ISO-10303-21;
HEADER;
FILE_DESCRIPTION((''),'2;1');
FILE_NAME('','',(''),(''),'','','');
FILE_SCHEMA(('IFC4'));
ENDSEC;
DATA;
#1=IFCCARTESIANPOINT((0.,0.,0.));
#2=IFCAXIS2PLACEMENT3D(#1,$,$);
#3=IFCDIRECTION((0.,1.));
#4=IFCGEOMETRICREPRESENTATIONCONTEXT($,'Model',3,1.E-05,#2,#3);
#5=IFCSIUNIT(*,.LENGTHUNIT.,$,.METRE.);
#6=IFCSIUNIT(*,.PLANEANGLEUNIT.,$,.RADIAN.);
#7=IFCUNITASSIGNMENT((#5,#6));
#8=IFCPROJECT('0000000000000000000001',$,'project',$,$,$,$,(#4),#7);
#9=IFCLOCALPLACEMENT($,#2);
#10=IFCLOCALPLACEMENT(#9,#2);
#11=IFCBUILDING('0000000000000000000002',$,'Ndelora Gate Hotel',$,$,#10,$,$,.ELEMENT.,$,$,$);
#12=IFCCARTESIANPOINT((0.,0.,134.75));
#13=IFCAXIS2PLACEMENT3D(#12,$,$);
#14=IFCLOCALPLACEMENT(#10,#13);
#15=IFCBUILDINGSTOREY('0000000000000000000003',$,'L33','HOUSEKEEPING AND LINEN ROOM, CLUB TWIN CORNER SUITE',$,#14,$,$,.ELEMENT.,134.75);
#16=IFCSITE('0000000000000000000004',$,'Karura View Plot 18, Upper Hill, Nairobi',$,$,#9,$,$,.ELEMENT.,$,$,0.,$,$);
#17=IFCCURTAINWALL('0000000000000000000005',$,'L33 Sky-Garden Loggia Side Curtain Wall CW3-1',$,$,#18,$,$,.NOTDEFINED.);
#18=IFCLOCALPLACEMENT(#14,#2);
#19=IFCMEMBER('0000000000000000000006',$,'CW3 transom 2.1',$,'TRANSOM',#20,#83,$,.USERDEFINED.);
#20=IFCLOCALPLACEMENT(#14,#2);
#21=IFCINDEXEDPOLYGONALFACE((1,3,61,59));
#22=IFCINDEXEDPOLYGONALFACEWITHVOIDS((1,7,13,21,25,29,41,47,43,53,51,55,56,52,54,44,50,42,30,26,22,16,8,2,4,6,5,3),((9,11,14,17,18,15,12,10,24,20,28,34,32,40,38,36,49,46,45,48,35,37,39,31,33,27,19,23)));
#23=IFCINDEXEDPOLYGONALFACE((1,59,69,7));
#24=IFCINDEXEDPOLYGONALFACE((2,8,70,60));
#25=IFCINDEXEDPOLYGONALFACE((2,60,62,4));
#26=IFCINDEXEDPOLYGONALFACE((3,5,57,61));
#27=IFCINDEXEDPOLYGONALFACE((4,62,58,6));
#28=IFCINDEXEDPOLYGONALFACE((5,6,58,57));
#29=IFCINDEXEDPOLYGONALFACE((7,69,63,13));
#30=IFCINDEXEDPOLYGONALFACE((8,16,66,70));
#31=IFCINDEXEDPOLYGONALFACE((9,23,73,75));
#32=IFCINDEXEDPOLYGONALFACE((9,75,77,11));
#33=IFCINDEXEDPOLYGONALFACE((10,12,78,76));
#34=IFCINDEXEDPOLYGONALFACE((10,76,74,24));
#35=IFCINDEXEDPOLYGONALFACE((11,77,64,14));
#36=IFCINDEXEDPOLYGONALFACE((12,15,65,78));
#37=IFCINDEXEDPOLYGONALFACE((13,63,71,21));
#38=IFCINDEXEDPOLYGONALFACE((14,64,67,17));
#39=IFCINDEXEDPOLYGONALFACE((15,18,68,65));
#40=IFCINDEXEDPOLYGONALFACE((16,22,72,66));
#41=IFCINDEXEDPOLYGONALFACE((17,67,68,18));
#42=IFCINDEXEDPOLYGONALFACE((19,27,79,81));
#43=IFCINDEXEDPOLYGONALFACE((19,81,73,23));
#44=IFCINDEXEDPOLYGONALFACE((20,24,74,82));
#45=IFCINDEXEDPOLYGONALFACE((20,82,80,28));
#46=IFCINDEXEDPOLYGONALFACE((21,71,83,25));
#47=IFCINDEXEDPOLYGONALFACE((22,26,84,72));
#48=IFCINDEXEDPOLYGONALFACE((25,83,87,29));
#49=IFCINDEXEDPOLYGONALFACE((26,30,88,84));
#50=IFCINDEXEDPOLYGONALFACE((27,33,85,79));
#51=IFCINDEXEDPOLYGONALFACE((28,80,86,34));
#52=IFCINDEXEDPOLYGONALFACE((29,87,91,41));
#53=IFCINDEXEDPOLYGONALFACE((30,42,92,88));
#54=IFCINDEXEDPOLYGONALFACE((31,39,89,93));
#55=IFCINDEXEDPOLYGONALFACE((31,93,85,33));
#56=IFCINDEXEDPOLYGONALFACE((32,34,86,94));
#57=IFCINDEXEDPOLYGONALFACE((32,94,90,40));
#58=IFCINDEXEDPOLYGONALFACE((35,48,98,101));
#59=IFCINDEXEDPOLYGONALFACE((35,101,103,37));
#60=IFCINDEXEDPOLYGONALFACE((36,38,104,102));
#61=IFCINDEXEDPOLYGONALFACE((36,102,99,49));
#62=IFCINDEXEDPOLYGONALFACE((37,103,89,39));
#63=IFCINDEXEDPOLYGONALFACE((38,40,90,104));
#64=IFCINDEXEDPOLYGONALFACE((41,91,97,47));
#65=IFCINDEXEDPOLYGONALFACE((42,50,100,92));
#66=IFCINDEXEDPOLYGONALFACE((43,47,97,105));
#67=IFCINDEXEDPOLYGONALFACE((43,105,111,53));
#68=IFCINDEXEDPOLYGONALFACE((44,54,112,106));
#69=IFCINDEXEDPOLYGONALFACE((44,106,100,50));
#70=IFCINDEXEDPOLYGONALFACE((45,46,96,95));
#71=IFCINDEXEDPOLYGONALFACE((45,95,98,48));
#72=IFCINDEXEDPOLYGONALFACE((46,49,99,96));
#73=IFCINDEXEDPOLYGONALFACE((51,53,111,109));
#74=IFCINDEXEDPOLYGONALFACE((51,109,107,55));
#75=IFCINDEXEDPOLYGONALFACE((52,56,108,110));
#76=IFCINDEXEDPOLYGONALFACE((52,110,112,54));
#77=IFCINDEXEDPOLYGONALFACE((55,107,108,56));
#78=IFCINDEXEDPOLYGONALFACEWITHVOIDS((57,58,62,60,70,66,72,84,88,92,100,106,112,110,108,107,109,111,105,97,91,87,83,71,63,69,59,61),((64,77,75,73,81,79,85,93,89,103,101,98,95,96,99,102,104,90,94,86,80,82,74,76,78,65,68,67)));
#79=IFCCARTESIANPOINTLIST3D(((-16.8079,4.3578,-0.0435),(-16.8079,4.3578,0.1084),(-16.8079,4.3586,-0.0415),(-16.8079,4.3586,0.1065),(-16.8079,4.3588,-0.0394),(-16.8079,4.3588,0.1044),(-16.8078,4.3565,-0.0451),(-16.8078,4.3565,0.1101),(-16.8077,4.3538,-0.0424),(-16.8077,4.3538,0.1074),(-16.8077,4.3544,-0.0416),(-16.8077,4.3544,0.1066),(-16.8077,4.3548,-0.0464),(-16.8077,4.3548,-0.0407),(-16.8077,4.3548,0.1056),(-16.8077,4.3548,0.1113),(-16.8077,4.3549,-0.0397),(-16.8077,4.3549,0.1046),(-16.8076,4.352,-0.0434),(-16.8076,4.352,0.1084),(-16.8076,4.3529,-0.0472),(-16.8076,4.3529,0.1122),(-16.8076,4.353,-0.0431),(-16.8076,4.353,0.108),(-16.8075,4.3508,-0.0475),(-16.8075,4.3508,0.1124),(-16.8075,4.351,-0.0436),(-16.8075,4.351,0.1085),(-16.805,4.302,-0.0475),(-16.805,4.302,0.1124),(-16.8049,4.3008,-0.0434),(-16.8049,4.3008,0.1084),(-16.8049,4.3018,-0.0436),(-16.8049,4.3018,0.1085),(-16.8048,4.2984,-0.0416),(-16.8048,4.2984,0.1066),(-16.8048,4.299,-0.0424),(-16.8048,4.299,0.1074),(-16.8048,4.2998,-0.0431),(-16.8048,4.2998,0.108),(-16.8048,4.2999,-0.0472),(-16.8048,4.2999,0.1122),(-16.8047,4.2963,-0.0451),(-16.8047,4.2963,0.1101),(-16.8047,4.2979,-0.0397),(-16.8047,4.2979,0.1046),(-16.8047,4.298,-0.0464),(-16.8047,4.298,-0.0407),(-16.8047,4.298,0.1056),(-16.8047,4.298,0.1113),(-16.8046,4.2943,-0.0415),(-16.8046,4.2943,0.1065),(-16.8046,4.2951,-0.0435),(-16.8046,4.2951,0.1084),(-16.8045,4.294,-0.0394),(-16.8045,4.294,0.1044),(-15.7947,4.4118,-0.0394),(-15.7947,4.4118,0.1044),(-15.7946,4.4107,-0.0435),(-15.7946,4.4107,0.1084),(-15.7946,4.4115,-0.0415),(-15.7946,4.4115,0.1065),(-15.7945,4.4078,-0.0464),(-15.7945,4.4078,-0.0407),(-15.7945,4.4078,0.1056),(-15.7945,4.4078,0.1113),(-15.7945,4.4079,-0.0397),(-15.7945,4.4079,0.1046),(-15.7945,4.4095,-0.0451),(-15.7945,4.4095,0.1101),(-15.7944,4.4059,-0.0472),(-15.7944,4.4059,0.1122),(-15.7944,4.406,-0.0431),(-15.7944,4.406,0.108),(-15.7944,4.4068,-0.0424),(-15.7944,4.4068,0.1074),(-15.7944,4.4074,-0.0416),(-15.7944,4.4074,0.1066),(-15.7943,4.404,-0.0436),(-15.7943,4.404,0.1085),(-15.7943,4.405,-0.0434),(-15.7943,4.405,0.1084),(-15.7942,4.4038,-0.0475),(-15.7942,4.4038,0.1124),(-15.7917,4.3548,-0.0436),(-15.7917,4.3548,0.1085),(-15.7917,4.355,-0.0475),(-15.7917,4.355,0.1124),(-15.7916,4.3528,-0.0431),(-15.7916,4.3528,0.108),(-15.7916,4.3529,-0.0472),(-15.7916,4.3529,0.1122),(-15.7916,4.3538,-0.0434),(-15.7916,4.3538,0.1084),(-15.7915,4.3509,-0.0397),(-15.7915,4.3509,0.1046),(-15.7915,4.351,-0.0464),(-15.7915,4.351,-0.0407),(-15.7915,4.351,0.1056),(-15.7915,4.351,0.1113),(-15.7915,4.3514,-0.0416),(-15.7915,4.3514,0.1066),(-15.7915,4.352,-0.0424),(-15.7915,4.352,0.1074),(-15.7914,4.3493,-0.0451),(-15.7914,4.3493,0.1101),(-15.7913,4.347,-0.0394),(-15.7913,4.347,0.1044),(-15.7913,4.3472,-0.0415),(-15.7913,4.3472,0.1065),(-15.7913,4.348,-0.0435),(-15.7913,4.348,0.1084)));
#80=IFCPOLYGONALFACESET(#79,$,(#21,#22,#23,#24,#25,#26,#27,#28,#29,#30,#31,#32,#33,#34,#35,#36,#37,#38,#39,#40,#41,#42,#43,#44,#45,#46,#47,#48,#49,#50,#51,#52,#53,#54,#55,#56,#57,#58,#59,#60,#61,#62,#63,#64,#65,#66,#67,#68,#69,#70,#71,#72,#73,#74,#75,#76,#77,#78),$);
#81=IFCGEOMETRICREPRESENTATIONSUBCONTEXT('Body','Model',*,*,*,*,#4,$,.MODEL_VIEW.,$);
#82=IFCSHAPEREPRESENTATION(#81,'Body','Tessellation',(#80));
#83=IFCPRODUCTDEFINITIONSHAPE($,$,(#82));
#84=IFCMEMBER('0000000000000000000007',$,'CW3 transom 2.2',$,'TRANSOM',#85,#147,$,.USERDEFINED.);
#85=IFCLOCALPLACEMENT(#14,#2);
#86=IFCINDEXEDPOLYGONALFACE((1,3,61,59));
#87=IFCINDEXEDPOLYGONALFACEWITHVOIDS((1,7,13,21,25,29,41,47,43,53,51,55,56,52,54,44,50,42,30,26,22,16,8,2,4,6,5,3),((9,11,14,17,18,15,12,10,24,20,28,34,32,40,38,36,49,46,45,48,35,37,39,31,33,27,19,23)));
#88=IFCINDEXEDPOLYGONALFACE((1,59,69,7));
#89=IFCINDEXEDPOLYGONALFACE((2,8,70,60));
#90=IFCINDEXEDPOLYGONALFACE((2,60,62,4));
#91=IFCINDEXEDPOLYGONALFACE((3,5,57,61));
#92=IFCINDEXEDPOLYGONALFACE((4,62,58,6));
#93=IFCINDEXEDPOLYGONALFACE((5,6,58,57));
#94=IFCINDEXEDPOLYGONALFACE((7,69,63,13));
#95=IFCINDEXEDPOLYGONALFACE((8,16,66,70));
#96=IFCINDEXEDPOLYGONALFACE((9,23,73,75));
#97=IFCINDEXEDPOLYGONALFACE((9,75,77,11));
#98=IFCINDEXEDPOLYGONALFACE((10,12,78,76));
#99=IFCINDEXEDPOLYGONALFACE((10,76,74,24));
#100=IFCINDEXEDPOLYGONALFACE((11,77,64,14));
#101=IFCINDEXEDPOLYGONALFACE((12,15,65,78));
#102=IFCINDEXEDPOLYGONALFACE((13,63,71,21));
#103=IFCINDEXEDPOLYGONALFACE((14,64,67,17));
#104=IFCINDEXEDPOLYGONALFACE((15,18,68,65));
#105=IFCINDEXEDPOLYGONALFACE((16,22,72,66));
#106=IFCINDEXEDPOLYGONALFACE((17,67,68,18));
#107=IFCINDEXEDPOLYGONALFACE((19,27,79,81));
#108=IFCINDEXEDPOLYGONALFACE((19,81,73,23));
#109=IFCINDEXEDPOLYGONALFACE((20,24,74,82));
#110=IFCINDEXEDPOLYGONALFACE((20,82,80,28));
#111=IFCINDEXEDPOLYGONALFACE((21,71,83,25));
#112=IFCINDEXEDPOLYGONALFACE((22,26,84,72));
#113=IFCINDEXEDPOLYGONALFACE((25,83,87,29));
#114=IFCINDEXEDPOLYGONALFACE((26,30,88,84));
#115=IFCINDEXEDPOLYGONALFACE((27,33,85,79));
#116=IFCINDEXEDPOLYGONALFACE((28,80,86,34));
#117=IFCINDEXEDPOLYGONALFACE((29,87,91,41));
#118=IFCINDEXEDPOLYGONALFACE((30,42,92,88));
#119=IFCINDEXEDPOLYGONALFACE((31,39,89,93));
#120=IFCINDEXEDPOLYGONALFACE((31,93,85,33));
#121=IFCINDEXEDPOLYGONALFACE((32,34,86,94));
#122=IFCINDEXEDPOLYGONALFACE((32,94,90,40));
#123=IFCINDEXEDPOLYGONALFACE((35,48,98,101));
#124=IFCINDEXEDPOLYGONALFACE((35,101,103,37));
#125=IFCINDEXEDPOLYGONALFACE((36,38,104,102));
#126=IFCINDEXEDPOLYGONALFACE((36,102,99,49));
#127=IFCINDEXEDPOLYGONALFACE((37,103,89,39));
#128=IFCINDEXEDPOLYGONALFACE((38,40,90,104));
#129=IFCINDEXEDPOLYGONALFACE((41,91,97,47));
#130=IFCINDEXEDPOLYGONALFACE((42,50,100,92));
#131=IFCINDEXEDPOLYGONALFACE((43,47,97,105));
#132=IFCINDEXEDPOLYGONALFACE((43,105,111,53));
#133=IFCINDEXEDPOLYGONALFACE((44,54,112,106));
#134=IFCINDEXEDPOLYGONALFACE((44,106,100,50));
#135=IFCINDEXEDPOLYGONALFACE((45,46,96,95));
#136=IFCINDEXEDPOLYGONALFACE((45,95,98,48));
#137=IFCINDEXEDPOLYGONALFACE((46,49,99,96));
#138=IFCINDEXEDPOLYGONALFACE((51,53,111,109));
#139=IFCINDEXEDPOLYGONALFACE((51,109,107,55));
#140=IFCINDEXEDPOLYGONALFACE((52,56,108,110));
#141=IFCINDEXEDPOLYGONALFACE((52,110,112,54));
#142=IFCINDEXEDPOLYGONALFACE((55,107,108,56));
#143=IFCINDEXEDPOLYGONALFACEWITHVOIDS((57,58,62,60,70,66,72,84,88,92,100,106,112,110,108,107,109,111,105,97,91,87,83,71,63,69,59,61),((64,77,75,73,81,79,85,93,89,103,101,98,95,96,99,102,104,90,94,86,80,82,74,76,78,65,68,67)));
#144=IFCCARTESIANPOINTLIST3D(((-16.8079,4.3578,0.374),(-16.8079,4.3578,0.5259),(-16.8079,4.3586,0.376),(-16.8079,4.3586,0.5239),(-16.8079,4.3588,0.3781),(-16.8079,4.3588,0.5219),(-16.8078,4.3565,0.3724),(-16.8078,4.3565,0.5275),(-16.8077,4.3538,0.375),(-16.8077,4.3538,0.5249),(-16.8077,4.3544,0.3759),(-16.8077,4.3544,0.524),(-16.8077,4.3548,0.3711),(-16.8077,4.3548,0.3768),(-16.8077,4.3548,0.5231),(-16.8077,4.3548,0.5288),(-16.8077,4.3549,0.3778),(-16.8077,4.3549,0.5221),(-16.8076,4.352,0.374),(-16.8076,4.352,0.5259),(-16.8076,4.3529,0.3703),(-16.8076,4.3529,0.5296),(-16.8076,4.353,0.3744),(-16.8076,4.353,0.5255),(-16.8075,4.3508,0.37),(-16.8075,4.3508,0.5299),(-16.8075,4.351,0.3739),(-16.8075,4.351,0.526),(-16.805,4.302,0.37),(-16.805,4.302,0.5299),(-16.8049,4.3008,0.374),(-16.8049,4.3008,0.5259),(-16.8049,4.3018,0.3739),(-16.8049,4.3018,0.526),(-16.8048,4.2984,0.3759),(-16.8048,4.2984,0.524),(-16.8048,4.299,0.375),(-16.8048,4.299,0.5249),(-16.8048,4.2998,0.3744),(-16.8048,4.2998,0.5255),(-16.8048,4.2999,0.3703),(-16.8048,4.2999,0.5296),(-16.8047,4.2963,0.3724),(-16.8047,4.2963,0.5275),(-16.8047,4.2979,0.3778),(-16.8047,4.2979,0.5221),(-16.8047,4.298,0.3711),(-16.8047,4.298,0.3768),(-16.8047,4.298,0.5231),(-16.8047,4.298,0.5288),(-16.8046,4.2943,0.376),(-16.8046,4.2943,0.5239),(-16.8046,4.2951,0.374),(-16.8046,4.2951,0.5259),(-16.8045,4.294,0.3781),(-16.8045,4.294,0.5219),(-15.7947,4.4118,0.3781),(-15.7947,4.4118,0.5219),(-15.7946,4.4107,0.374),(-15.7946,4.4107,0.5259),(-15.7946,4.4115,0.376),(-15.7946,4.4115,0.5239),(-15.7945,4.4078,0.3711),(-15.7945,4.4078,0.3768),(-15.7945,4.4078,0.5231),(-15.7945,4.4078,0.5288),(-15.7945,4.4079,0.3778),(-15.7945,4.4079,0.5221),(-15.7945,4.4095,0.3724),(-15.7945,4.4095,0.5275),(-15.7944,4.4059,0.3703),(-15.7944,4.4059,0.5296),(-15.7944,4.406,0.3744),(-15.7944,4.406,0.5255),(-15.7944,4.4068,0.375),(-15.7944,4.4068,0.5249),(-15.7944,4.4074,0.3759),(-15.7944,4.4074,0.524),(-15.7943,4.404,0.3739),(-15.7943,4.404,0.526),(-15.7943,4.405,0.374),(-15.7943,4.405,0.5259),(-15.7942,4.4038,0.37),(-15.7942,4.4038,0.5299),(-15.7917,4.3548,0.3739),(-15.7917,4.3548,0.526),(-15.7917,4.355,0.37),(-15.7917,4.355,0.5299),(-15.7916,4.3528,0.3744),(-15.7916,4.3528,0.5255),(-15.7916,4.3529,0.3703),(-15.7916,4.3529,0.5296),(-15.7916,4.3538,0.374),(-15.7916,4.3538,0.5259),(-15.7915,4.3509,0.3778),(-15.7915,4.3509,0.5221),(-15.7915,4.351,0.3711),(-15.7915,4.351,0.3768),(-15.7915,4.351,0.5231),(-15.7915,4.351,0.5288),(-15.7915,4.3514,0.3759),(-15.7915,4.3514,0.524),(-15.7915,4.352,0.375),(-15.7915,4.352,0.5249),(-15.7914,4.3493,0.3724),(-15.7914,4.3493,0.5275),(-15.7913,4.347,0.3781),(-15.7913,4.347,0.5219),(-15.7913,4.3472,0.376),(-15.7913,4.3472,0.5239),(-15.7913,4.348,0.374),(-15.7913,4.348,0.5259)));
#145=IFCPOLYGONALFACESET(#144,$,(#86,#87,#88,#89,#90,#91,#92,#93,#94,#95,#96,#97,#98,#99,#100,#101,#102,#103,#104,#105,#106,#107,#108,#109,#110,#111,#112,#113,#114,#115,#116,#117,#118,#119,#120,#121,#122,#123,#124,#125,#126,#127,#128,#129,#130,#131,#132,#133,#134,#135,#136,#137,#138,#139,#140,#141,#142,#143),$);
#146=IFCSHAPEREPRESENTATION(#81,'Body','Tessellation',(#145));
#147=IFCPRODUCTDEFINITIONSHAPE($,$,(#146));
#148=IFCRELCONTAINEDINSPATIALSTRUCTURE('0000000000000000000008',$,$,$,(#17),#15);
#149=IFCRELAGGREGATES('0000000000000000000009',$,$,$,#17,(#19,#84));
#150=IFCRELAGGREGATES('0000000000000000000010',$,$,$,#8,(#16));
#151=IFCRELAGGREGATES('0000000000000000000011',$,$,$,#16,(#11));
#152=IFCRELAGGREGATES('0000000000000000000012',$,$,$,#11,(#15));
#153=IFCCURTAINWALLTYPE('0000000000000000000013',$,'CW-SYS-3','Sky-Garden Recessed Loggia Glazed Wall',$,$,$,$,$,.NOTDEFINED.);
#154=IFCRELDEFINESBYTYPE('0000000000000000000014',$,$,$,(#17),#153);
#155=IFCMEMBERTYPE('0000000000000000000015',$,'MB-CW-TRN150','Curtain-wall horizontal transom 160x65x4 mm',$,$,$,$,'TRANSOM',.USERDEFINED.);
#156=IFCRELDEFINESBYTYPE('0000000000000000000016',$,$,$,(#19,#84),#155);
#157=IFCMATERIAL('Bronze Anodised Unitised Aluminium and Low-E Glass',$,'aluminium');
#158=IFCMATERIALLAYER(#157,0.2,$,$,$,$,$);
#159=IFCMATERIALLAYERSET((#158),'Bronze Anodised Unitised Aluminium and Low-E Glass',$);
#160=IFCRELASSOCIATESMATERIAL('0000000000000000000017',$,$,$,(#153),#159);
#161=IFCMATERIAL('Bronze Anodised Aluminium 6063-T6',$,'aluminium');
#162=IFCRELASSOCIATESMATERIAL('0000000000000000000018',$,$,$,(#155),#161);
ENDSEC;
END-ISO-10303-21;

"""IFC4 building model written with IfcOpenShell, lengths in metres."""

from ifc_helpers import new_model, si_unit, direction, frame, origin, origin_2d, place, context, subcontext, project, spatial, hollow_rectangle, extrude, material, layer, layer_set, material_profile, profile_set, type_object, element, aggregate, save


model = new_model("IFC4")

# Units and contexts
model_context = context("Model", 3, precision=1e-05, world=origin(), true_north=direction((0.0, 1.0)))
body_context = subcontext(model_context, "Body", "Model", "MODEL_VIEW")
ifc_project = project(units=[si_unit("LENGTHUNIT", "METRE"), si_unit("PLANEANGLEUNIT", "RADIAN")], contexts=[model_context])

# Site, building, storey
site_placement = place(None, origin())
site = spatial("IfcSite", under=ifc_project, at=site_placement, Name="Karura View Plot 18, Upper Hill, Nairobi", CompositionType="ELEMENT", RefElevation=0.0)
building_placement = place(site_placement, origin())
building = spatial("IfcBuilding", under=site, at=building_placement, Name="Ndelora Gate Hotel", CompositionType="ELEMENT")
storey_placement = place(building_placement, frame((0.0, 0.0, 134.75)))
storey = spatial("IfcBuildingStorey", under=building, at=storey_placement, Name="L33", Description="HOUSEKEEPING AND LINEN ROOM, CLUB TWIN CORNER SUITE", CompositionType="ELEMENT", Elevation=134.75)

# Curtain wall, members
ifc_material_1 = material(Name="Bronze Anodised Unitised Aluminium and Low-E Glass", Category="aluminium")
ifc_layer_1 = layer(ifc_material_1, 0.2)
ifc_layer_set_1 = layer_set([ifc_layer_1], Name="Bronze Anodised Unitised Aluminium and Low-E Glass")
curtain_wall_type = type_object("IfcCurtainWallType", Name="CW-SYS-3", Description="Sky-Garden Recessed Loggia Glazed Wall", PredefinedType="NOTDEFINED", material=ifc_layer_set_1)
curtain_wall_placement = place(storey_placement, origin())
curtain_wall = element("IfcCurtainWall", 1, at=curtain_wall_placement, inside=storey, type_object=curtain_wall_type, Name="L33 Sky-Garden Loggia Side Curtain Wall CW3-1", PredefinedType="NOTDEFINED")
ifc_material_2 = material(Name="Bronze Anodised Aluminium 6063-T6", Category="aluminium")
ifc_material_profile_1 = material_profile(ifc_material_2, hollow_rectangle(XDim=0.0649, YDim=0.1599, WallThickness=0.0039, InnerFilletRadius=0.0039, OuterFilletRadius=0.0081, at=origin_2d()), Name="ALU 160x65x4")
ifc_profile_set_1 = profile_set([ifc_material_profile_1], Name="Bronze Anodised Aluminium 6063-T6")
member_type_1 = type_object("IfcMemberType", Name="MB-CW-TRN150", Description="Curtain-wall horizontal transom 160x65x4 mm", ElementType="TRANSOM", PredefinedType="USERDEFINED", material=ifc_profile_set_1)
member_1_placement = place(storey_placement, frame((-15.793, 4.3794, 0.0325), z_axis=(-0.998636, -0.052218, 0.0), x_axis=(0.052218, -0.998636, 0.0)))
member_1 = element("IfcMember", 2, at=member_1_placement, type_object=member_type_1, Name="CW3 transom 2.1", ObjectType="TRANSOM", PredefinedType="USERDEFINED", context=body_context, shape_type="SweptSolid", body=[
    extrude(hollow_rectangle(XDim=0.0649, YDim=0.1599, WallThickness=0.0039, InnerFilletRadius=0.0039, OuterFilletRadius=0.0081, at=origin_2d()), origin(), (0.0, 0.0, 1.0), 1.0146),
])
member_2_placement = place(storey_placement, frame((-15.793, 4.3794, 0.45), z_axis=(-0.998636, -0.052218, 0.0), x_axis=(0.052218, -0.998636, 0.0)))
member_2 = element("IfcMember", 3, at=member_2_placement, type_object=member_type_1, Name="CW3 transom 2.2", ObjectType="TRANSOM", PredefinedType="USERDEFINED", context=body_context, shape_type="SweptSolid", body=[
    extrude(hollow_rectangle(XDim=0.0649, YDim=0.1599, WallThickness=0.0039, InnerFilletRadius=0.0039, OuterFilletRadius=0.0081, at=origin_2d()), origin(), (0.0, 0.0, 1.0), 1.0146),
])
aggregate(curtain_wall, [member_1, member_2])

save(model, "model.ifc")
